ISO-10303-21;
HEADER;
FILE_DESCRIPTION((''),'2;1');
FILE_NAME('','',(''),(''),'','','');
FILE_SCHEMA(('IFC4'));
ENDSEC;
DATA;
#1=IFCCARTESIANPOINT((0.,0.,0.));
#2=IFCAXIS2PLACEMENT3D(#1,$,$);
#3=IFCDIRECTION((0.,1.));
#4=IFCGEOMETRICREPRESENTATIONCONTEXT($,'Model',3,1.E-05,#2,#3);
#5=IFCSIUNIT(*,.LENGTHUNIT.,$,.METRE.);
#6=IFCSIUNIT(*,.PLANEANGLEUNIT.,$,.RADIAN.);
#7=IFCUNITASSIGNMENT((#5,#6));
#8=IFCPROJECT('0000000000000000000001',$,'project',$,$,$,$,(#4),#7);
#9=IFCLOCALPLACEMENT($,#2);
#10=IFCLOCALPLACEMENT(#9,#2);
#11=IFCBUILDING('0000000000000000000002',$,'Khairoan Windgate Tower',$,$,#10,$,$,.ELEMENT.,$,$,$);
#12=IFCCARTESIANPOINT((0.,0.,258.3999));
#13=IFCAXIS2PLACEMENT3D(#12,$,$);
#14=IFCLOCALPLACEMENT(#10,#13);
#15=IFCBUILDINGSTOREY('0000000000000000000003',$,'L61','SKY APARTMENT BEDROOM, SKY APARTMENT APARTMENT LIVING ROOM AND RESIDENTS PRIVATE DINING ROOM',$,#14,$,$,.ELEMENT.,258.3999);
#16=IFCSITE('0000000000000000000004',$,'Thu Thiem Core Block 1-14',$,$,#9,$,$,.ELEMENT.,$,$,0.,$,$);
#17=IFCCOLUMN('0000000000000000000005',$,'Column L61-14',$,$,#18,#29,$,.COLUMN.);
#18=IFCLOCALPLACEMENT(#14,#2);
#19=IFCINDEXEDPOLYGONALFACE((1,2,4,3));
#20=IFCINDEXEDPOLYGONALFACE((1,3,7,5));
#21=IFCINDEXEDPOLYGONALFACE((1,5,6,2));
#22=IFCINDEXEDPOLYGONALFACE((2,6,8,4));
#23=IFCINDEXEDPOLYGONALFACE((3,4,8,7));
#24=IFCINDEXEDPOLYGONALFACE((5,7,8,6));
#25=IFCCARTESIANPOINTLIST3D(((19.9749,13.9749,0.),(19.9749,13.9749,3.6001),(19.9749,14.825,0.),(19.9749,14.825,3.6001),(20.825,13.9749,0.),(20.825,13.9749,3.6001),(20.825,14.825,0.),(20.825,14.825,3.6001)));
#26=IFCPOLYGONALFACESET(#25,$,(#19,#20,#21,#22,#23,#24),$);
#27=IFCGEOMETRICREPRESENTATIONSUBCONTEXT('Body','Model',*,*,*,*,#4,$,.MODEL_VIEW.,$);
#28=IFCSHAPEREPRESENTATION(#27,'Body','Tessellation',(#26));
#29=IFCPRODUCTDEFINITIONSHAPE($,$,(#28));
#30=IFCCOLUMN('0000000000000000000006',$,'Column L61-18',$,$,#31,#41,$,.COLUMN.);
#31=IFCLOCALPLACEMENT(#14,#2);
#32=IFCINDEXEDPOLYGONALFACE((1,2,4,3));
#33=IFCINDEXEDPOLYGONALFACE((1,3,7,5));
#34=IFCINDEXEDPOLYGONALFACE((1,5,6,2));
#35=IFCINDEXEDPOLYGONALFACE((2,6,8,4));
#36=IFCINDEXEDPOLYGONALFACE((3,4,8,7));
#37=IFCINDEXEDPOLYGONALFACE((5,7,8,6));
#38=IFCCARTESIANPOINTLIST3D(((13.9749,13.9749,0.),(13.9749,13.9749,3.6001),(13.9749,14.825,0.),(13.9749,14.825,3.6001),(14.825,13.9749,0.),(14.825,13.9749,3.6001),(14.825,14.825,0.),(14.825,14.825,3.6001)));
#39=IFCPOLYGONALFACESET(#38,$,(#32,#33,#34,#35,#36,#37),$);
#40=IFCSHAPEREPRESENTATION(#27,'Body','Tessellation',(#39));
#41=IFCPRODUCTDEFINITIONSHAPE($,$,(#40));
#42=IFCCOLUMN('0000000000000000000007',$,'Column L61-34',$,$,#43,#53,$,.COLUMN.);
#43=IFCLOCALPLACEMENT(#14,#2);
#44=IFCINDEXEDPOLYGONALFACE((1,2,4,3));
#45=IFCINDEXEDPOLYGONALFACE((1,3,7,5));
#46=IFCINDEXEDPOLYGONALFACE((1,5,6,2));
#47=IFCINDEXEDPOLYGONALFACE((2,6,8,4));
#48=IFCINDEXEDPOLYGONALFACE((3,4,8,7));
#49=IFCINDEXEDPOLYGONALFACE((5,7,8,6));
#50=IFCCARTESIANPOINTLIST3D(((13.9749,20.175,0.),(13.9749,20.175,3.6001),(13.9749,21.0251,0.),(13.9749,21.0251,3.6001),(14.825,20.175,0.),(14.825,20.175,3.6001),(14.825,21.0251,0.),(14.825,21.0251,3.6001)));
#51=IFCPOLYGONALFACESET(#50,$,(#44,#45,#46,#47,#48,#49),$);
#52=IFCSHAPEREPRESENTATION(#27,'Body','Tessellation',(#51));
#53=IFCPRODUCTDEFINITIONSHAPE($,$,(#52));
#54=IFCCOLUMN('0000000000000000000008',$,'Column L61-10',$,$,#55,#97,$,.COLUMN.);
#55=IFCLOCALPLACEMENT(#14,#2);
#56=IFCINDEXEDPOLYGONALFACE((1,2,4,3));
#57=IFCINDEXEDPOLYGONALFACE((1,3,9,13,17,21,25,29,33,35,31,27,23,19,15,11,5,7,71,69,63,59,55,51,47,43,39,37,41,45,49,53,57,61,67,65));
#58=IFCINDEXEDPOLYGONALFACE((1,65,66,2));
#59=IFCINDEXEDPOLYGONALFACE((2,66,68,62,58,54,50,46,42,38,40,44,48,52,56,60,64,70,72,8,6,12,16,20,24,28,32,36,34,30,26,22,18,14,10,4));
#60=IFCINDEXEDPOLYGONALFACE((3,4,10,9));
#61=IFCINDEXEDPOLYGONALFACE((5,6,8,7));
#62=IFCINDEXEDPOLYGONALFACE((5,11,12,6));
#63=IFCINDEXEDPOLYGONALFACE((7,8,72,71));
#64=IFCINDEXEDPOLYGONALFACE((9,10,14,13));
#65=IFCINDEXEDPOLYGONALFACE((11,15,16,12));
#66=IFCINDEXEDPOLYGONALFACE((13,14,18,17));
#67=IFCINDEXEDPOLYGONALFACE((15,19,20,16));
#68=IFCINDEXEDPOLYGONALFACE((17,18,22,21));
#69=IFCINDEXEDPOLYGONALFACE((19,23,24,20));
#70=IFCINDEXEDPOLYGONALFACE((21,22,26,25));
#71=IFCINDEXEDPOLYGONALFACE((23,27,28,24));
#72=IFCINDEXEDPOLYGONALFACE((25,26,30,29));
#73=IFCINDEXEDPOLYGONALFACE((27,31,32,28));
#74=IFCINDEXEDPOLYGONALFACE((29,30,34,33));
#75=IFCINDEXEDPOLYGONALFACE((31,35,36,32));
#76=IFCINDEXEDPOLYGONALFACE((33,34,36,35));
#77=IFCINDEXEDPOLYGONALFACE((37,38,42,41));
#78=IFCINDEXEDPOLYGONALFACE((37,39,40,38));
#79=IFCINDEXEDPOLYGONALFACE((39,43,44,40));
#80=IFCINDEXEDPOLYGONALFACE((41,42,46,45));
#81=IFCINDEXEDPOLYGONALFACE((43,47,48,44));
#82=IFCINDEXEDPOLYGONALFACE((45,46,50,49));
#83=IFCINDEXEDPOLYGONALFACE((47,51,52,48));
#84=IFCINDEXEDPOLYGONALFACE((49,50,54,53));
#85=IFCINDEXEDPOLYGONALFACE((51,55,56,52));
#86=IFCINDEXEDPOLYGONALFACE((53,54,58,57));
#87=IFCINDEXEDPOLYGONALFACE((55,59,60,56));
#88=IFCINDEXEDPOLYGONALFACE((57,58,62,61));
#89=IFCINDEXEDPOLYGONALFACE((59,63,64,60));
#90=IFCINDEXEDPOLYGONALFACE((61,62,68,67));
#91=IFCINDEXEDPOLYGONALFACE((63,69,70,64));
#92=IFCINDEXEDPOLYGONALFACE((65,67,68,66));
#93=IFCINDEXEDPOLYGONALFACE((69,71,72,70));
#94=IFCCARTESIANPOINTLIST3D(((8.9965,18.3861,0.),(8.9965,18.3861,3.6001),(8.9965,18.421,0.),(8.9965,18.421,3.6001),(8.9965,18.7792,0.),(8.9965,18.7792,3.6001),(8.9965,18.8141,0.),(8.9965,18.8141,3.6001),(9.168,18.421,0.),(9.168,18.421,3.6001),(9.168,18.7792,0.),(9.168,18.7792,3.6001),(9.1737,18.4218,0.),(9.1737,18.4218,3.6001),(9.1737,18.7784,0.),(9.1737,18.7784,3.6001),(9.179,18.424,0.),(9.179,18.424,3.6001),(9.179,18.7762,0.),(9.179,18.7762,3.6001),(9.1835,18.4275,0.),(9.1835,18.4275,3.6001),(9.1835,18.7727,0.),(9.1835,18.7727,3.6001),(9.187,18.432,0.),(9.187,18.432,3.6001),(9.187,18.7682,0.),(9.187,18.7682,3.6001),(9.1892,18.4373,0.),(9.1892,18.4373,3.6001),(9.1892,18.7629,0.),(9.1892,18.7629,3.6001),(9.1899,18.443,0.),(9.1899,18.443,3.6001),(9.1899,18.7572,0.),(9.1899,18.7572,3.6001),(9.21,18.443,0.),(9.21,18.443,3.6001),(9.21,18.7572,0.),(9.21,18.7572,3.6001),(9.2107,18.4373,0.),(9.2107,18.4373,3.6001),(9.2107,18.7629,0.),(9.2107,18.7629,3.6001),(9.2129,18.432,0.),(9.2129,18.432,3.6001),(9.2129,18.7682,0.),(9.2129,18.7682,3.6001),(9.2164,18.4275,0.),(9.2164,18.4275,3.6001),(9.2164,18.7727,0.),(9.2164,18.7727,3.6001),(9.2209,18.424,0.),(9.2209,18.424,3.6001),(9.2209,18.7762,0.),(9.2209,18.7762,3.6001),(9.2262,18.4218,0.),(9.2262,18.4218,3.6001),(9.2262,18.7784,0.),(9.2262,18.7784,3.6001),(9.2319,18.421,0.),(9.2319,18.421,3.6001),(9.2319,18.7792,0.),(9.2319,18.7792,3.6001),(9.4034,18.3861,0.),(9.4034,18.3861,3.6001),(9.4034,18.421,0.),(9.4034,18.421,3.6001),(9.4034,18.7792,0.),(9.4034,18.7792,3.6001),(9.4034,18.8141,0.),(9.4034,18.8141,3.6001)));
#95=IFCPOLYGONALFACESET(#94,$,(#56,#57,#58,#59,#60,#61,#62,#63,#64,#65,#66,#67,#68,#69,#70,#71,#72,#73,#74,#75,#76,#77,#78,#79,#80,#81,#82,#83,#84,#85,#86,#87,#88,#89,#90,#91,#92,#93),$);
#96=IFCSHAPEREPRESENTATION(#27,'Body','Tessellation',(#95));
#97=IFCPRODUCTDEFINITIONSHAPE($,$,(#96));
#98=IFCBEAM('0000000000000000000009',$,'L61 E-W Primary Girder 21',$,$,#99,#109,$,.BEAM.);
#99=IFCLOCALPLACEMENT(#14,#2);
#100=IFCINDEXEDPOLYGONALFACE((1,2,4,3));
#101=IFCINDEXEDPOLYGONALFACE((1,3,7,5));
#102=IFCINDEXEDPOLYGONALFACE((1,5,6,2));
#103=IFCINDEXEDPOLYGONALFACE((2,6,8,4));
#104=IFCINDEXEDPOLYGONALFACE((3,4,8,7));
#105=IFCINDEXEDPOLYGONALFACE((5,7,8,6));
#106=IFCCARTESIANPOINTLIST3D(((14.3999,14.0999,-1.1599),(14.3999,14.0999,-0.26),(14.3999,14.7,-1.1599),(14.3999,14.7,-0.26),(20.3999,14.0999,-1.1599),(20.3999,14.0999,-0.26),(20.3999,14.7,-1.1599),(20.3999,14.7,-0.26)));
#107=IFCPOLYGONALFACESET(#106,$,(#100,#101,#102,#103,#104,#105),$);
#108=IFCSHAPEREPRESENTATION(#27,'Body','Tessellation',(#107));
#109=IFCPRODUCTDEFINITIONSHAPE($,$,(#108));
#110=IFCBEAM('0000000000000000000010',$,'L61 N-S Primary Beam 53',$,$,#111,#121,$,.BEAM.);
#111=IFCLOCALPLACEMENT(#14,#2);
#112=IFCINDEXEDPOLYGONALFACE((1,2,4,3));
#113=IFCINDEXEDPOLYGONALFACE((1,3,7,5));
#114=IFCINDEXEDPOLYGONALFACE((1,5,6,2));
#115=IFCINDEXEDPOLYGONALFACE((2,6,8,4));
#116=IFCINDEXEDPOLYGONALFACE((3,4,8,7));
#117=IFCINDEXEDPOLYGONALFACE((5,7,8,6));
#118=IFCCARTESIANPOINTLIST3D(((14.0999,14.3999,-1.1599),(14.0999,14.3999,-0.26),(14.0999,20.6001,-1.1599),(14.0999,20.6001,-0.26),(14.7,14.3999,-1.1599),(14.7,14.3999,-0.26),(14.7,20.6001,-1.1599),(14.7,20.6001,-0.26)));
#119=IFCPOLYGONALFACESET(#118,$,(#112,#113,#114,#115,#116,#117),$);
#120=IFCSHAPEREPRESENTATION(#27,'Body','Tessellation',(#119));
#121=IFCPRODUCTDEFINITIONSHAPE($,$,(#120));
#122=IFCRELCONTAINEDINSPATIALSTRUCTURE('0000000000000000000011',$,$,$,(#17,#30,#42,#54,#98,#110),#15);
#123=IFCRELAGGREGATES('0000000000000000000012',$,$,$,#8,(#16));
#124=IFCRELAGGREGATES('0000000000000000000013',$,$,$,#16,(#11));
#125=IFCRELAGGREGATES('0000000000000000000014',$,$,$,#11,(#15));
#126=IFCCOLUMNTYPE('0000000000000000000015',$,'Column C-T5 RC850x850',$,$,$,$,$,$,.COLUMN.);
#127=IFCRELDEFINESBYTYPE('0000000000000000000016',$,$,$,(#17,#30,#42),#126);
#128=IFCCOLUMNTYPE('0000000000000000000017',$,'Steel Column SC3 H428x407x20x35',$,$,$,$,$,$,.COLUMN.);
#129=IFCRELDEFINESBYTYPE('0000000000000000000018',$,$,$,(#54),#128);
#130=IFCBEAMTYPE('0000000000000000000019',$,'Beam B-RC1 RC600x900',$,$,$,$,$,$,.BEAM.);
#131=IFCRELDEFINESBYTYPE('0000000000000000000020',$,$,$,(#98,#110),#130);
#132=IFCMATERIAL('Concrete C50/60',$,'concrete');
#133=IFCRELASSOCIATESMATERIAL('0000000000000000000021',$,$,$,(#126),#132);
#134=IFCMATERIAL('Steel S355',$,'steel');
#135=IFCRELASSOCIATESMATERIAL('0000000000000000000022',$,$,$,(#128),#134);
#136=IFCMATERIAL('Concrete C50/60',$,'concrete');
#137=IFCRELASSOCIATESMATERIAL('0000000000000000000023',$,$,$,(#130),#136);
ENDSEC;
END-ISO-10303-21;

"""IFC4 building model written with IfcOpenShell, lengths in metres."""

from ifc_helpers import new_model, si_unit, direction, frame, origin, origin_2d, place, context, subcontext, project, spatial, rectangle, i_section, extrude, material, material_profile, profile_set, type_object, element, save


model = new_model("IFC4")

# Units and contexts
model_context = context("Model", 3, precision=1e-05, world=origin(), true_north=direction((0.0, 1.0)))
body_context = subcontext(model_context, "Body", "Model", "MODEL_VIEW")
ifc_project = project(units=[si_unit("LENGTHUNIT", "METRE"), si_unit("PLANEANGLEUNIT", "RADIAN")], contexts=[model_context])

# Site, building, storey
site_placement = place(None, origin())
site = spatial("IfcSite", under=ifc_project, at=site_placement, Name="Thu Thiem Core Block 1-14", CompositionType="ELEMENT", RefElevation=0.0)
building_placement = place(site_placement, origin())
building = spatial("IfcBuilding", under=site, at=building_placement, Name="Khairoan Windgate Tower", CompositionType="ELEMENT")
storey_placement = place(building_placement, frame((0.0, 0.0, 258.3999)))
storey = spatial("IfcBuildingStorey", under=building, at=storey_placement, Name="L61", Description="SKY APARTMENT BEDROOM, SKY APARTMENT APARTMENT LIVING ROOM AND RESIDENTS PRIVATE DINING ROOM", CompositionType="ELEMENT", Elevation=258.3999)

# Columns
ifc_material_1 = material(Name="Concrete C50/60", Category="concrete")
ifc_material_profile_1 = material_profile(ifc_material_1, rectangle(XDim=0.8501, YDim=0.8501, at=origin_2d()))
ifc_profile_set_1 = profile_set([ifc_material_profile_1], Name="Concrete C50/60")
column_type_1 = type_object("IfcColumnType", Name="Column C-T5 RC850x850", PredefinedType="COLUMN", material=ifc_profile_set_1)
for number, where, z_axis, x_axis, name in (
    (1, (20.3999, 14.3999, 0.0), (0.0, 0.0, 1.0), (1.0, 0.0, 0.0), "Column L61-14"),
    (2, (14.3999, 14.3999, 0.0), (0.0, 0.0, 1.0), (1.0, 0.0, 0.0), "Column L61-18"),
    (3, (14.3999, 20.6001, 0.0), (0.0, 0.0, 1.0), (1.0, 0.0, 0.0), "Column L61-34"),
):
    element("IfcColumn", number, at=place(storey_placement, frame(where, z_axis=z_axis, x_axis=x_axis)), inside=storey, type_object=column_type_1, Name=name, PredefinedType="COLUMN", context=body_context, shape_type="SweptSolid", body=[
        extrude(rectangle(XDim=0.8501, YDim=0.8501, at=origin_2d()), origin(), (0.0, 0.0, 1.0), 3.6001),
    ])
ifc_material_2 = material(Name="Steel S355", Category="steel")
ifc_material_profile_2 = material_profile(ifc_material_2, i_section(OverallWidth=0.407, OverallDepth=0.428, WebThickness=0.02, FlangeThickness=0.0349, FilletRadius=0.022, at=origin_2d()))
ifc_profile_set_2 = profile_set([ifc_material_profile_2], Name="Steel S355")
column_type_2 = type_object("IfcColumnType", Name="Steel Column SC3 H428x407x20x35", PredefinedType="COLUMN", material=ifc_profile_set_2)
column_placement = place(storey_placement, frame((9.2, 18.6001, 0.0), z_axis=(0.0, 0.0, 1.0), x_axis=(1.0, 0.0, 0.0)))
element("IfcColumn", 4, at=column_placement, inside=storey, type_object=column_type_2, Name="Column L61-10", PredefinedType="COLUMN", context=body_context, shape_type="SweptSolid", body=[
    extrude(i_section(OverallWidth=0.407, OverallDepth=0.428, WebThickness=0.02, FlangeThickness=0.0349, FilletRadius=0.022, at=origin_2d()), origin(), (0.0, 0.0, 1.0), 3.6001),
])

# Beams
ifc_material_3 = material(Name="Concrete C50/60", Category="concrete")
ifc_material_profile_3 = material_profile(ifc_material_3, rectangle(XDim=0.6001, YDim=0.8999, at=origin_2d()))
ifc_profile_set_3 = profile_set([ifc_material_profile_3], Name="Concrete C50/60")
beam_type = type_object("IfcBeamType", Name="Beam B-RC1 RC600x900", PredefinedType="BEAM", material=ifc_profile_set_3)
beam_1_placement = place(storey_placement, frame((14.3999, 14.3999, -0.71), z_axis=(1.0, 0.0, 0.0), x_axis=(0.0, 1.0, 0.0)))
element("IfcBeam", 5, at=beam_1_placement, inside=storey, type_object=beam_type, Name="L61 E-W Primary Girder 21", PredefinedType="BEAM", context=body_context, shape_type="SweptSolid", body=[
    extrude(rectangle(XDim=0.6001, YDim=0.8999, at=origin_2d()), origin(), (0.0, 0.0, 1.0), 6.0),
])
beam_2_placement = place(storey_placement, frame((14.3999, 14.3999, -0.71), z_axis=(0.0, 1.0, 0.0), x_axis=(-1.0, 0.0, 0.0)))
element("IfcBeam", 6, at=beam_2_placement, inside=storey, type_object=beam_type, Name="L61 N-S Primary Beam 53", PredefinedType="BEAM", context=body_context, shape_type="SweptSolid", body=[
    extrude(rectangle(XDim=0.6001, YDim=0.8999, at=origin_2d()), origin(), (0.0, 0.0, 1.0), 6.2002),
])

save(model, "model.ifc")
